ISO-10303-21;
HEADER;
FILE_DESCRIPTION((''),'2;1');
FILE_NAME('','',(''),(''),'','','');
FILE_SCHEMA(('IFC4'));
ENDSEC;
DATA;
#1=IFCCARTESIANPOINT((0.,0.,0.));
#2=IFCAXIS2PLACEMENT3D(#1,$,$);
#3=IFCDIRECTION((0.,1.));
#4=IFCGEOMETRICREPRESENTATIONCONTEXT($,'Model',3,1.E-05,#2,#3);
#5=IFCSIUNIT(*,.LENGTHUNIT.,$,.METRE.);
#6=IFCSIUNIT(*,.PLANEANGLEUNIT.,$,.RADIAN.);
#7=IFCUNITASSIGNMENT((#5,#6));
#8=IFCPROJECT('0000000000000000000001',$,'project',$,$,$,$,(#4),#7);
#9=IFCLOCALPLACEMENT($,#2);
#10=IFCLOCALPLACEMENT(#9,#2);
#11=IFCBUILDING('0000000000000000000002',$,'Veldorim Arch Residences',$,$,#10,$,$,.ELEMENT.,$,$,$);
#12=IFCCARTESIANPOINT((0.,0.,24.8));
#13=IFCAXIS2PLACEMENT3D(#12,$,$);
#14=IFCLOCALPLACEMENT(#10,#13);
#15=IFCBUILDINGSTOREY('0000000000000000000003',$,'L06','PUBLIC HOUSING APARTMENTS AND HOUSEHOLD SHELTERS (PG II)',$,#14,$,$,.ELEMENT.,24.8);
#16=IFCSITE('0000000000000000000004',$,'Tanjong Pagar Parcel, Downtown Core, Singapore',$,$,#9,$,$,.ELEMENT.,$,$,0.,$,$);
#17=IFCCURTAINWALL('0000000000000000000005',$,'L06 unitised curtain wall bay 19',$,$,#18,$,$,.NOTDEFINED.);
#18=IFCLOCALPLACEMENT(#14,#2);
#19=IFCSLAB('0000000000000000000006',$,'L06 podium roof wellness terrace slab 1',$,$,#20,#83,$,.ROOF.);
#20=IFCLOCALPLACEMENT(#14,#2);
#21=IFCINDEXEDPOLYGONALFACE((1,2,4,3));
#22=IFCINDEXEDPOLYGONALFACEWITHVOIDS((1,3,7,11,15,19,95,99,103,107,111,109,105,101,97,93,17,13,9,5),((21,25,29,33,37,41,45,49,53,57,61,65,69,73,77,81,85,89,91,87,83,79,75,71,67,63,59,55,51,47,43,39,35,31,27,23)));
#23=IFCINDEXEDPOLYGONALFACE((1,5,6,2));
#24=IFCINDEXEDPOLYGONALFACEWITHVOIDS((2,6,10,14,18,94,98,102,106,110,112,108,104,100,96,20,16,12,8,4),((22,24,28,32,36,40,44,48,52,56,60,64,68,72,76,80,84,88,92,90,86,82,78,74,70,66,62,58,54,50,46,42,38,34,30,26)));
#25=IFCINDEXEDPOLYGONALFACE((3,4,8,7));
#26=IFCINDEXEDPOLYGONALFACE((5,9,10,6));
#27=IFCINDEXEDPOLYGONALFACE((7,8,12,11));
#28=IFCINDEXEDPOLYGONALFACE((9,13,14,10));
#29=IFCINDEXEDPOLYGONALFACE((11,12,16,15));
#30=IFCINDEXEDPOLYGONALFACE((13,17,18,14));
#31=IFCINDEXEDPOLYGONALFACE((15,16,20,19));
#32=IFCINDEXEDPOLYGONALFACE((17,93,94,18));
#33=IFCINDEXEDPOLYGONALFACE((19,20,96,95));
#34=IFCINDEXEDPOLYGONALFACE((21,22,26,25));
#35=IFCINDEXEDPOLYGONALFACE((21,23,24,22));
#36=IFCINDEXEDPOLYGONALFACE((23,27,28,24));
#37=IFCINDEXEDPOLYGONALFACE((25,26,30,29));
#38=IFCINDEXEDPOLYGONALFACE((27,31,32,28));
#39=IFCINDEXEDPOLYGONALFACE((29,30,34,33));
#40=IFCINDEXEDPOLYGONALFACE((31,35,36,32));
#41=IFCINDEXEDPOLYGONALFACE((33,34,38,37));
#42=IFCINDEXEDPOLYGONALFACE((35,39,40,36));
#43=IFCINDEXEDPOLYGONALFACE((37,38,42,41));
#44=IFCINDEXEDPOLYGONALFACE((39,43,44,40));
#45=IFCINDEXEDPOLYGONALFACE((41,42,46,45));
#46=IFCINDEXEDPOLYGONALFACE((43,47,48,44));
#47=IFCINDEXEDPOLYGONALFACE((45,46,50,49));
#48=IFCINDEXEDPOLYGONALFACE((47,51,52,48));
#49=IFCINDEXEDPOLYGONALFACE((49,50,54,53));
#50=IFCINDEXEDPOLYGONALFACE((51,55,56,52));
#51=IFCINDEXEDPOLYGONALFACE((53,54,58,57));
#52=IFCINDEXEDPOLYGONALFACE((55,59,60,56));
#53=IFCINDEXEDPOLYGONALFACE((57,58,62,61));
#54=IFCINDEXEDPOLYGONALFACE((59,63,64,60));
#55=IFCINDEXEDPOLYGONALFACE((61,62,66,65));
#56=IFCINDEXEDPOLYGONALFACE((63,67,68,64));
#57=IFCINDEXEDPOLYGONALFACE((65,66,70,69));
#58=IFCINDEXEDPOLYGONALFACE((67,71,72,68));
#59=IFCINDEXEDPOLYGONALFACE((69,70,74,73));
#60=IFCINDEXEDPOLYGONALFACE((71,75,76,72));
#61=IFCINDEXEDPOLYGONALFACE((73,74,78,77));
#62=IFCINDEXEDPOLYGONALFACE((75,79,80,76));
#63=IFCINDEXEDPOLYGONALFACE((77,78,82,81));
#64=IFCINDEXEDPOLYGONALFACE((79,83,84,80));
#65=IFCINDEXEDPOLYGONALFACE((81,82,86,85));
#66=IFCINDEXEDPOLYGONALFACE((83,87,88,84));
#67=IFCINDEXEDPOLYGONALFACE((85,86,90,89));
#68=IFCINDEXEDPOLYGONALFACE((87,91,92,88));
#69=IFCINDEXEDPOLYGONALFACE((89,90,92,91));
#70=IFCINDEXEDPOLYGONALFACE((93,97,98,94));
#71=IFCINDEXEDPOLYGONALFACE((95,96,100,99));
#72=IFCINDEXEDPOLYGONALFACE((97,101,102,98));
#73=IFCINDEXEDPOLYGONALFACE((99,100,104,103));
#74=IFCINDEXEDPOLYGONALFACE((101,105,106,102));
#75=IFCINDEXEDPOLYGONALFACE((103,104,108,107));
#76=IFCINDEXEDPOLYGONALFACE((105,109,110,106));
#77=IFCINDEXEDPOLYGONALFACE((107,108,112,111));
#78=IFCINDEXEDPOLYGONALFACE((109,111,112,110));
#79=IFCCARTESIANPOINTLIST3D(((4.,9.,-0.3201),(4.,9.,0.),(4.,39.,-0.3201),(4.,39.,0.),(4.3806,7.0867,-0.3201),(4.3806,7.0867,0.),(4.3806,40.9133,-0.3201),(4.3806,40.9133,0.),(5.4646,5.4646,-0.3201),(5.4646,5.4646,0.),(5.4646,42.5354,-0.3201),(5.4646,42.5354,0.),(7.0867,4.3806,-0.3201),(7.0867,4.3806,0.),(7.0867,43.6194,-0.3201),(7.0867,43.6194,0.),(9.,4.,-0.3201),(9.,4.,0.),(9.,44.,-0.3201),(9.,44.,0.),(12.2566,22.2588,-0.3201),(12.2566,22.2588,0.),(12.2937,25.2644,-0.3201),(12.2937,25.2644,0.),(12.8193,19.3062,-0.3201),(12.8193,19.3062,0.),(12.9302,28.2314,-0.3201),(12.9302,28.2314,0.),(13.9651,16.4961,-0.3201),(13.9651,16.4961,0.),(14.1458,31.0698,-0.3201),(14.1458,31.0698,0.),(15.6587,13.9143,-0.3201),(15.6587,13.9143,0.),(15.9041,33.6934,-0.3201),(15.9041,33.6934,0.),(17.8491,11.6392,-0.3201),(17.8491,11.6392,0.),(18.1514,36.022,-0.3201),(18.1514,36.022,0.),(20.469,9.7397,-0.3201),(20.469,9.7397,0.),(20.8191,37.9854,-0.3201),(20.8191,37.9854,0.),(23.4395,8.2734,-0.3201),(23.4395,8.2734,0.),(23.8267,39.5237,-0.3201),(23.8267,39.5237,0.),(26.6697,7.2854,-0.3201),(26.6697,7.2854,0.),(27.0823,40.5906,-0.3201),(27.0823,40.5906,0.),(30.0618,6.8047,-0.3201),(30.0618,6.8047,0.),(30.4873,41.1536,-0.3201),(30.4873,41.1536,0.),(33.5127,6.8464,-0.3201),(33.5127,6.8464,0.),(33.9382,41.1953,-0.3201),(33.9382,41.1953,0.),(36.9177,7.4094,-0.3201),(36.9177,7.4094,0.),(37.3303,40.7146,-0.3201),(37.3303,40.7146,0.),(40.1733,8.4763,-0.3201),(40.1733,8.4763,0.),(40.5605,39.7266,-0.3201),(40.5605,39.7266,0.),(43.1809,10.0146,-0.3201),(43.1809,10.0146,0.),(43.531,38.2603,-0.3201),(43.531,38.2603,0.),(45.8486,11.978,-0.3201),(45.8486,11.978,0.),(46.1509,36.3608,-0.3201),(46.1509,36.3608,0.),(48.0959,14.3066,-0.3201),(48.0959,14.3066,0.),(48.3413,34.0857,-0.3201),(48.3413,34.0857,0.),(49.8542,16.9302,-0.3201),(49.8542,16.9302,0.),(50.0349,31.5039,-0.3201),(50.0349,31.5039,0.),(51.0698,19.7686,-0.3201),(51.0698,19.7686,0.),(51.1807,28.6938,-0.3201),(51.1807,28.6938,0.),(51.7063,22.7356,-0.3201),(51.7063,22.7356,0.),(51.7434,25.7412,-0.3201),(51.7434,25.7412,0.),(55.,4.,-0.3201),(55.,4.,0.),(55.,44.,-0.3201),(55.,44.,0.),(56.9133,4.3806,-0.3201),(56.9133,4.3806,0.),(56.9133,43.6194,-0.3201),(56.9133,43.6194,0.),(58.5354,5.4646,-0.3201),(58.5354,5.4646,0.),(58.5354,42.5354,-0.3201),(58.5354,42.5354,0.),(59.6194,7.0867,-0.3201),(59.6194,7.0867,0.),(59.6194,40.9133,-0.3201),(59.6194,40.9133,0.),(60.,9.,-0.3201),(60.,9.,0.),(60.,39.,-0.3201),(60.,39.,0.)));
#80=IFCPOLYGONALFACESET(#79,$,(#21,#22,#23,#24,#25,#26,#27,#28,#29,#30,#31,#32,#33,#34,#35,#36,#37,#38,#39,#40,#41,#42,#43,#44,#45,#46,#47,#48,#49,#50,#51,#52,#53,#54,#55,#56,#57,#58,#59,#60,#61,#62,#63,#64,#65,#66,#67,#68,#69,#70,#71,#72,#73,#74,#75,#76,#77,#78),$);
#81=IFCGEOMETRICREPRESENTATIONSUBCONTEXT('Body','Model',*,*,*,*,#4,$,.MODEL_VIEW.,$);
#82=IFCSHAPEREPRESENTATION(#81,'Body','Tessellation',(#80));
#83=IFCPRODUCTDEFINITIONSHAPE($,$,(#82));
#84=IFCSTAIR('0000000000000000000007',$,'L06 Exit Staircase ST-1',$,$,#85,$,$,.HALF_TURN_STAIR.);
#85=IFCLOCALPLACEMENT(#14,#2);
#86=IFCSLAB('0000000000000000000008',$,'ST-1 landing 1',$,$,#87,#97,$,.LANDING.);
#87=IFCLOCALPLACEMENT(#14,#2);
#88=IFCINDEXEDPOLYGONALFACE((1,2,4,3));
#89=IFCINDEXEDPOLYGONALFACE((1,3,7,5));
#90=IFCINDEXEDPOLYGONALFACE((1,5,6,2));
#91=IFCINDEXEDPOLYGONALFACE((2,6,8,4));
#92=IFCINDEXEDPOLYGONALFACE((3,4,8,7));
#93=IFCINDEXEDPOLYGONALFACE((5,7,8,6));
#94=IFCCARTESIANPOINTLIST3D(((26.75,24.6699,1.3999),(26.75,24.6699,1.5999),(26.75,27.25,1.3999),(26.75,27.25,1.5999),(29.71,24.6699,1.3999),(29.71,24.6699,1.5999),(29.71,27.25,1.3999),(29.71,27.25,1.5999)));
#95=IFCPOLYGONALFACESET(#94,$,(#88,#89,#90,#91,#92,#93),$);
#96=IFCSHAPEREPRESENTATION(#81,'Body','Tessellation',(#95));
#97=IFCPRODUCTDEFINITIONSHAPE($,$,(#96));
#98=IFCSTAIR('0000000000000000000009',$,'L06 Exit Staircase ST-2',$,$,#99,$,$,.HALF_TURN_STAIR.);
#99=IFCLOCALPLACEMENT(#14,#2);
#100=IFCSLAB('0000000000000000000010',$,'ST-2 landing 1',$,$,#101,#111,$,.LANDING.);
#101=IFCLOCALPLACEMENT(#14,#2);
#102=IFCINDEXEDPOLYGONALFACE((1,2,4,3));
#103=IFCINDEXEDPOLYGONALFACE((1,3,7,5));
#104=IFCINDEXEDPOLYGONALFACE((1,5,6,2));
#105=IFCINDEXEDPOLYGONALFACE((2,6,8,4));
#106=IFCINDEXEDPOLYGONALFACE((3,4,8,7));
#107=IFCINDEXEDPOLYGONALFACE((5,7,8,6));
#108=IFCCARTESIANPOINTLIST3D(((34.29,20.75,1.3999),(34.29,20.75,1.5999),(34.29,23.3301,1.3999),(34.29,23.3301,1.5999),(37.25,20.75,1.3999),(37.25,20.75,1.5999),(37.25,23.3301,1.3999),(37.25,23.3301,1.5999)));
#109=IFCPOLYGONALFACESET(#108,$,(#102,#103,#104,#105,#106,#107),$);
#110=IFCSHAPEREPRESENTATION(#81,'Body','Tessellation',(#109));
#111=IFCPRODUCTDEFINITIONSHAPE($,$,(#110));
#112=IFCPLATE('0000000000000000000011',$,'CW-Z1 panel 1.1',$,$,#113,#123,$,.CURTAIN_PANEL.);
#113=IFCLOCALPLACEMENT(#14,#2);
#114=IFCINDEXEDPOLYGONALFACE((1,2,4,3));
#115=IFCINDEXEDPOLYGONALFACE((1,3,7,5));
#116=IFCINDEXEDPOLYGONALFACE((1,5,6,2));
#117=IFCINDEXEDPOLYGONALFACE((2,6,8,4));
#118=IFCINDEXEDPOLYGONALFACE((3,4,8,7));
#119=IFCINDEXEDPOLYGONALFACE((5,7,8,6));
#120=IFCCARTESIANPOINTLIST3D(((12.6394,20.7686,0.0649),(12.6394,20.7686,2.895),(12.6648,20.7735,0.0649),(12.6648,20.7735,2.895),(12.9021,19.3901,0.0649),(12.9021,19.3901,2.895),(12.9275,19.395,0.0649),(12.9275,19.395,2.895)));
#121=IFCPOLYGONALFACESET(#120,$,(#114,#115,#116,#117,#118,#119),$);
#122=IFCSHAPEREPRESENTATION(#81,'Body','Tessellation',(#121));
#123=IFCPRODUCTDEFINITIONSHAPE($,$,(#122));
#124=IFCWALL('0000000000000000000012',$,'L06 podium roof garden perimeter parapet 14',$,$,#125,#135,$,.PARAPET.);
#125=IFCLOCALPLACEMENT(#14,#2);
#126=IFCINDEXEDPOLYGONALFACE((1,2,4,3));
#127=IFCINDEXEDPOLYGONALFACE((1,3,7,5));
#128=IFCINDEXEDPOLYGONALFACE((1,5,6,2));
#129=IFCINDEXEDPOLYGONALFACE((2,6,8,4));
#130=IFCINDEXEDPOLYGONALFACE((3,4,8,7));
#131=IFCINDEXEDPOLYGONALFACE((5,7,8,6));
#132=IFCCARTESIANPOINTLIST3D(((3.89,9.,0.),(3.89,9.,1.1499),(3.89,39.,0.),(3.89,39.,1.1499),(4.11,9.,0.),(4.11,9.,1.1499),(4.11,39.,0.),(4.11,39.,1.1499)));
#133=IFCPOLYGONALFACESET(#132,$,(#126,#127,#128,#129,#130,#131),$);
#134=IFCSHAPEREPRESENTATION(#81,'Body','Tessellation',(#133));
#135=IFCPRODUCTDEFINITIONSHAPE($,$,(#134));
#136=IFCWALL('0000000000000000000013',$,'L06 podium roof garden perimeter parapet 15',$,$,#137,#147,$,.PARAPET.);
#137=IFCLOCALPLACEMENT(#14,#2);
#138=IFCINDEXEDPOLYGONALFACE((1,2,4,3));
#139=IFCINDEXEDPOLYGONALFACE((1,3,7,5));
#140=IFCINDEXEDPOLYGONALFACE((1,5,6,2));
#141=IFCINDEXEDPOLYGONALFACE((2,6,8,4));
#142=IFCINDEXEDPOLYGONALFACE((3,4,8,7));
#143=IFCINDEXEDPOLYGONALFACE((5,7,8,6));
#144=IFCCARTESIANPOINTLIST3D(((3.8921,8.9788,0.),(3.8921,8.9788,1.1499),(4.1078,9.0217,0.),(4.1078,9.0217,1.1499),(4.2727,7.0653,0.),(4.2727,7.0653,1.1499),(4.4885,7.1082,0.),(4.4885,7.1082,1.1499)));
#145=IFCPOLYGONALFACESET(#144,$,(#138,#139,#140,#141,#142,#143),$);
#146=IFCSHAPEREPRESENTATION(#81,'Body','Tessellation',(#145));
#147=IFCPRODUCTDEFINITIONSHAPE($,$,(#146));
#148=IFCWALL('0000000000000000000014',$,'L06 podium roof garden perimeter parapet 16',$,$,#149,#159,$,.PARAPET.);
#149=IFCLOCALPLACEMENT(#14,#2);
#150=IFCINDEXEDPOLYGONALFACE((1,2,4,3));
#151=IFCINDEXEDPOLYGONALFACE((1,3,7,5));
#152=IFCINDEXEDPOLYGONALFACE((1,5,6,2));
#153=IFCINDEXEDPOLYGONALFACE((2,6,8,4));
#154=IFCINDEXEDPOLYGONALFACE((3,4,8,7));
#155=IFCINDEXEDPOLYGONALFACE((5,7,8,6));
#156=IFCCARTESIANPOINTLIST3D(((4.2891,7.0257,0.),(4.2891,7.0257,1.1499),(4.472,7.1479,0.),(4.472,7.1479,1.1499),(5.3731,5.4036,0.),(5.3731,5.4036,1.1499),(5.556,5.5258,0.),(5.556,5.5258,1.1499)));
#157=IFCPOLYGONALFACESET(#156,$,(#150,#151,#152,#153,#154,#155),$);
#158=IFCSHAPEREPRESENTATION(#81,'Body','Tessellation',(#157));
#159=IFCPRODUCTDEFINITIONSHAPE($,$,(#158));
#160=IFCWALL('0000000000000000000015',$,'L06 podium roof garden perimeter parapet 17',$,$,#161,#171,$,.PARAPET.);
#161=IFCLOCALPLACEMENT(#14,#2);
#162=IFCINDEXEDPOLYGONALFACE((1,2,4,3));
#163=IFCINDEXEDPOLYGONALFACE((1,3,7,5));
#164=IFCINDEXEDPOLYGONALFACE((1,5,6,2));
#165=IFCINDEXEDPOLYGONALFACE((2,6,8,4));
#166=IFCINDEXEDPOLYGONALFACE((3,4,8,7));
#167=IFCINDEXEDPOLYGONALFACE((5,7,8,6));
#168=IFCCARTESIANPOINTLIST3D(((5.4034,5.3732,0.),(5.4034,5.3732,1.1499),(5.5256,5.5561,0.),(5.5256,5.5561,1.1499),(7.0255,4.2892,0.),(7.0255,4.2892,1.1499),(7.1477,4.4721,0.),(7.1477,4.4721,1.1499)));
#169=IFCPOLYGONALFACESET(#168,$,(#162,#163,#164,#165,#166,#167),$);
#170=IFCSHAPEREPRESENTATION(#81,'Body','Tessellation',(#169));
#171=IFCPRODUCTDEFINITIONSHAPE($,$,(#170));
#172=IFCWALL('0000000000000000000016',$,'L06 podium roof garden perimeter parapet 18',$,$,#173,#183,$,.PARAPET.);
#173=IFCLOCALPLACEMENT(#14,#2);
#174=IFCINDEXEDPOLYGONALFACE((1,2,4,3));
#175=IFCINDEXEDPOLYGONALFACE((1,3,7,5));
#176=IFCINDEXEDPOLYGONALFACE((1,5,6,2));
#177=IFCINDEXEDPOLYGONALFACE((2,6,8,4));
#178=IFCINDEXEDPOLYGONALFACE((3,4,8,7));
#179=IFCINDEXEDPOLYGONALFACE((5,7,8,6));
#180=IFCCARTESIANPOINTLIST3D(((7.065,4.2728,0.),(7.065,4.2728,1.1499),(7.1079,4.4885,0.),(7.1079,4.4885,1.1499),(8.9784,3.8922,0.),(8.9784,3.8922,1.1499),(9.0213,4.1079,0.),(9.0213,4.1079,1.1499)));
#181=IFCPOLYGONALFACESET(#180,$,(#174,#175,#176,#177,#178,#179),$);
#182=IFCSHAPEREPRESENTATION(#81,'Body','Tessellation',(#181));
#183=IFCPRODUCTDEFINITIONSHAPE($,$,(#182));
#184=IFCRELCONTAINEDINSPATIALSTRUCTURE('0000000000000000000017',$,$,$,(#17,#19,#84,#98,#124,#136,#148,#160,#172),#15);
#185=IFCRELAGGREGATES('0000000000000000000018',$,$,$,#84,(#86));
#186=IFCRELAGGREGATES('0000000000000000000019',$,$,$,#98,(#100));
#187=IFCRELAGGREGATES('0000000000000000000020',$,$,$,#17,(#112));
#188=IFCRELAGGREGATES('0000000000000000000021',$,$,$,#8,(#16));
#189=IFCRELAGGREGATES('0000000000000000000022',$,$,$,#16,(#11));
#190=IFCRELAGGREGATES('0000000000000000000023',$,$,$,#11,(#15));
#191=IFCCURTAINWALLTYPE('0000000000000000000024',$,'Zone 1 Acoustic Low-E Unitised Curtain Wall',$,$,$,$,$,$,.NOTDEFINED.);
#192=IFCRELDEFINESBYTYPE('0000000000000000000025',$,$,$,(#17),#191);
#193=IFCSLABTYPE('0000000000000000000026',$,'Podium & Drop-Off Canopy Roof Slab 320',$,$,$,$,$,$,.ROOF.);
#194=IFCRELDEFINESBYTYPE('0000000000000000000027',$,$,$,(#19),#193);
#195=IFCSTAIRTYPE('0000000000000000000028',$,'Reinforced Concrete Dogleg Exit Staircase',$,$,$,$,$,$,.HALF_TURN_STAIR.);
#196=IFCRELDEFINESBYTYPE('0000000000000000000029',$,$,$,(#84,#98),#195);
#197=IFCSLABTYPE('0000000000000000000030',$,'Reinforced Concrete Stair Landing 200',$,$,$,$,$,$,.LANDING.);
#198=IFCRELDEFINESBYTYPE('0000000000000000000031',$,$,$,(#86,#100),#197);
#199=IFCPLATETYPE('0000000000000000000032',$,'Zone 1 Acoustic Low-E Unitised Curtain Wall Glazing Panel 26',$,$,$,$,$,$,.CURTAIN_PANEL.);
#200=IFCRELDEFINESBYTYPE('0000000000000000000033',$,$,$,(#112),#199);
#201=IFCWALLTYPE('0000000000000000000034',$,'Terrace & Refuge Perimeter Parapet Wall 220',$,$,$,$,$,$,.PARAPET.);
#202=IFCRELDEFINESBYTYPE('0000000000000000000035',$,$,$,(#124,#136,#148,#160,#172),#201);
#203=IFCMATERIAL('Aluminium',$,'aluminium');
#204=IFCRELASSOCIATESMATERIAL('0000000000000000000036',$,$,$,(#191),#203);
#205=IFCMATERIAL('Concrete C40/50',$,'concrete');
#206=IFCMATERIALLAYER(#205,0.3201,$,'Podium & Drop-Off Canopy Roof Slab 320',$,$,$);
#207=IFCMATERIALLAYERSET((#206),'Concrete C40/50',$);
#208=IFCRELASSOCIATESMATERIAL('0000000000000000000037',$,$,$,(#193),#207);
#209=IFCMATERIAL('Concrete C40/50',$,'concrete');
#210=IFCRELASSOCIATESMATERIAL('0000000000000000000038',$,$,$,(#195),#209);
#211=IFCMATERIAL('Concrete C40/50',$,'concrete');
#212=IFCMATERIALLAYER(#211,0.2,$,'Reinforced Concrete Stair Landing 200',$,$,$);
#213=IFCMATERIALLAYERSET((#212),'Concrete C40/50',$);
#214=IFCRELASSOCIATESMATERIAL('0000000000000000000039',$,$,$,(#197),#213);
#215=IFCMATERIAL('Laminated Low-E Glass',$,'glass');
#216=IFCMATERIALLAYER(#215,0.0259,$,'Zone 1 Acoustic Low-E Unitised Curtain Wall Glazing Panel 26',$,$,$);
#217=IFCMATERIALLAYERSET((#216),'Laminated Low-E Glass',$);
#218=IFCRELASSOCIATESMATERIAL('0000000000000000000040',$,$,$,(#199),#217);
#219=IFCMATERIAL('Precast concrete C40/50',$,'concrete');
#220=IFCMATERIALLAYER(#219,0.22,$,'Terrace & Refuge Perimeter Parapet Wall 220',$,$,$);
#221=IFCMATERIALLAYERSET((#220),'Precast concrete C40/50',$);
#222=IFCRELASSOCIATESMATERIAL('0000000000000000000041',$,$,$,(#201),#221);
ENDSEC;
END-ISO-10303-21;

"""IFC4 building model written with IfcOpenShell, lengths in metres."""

from ifc_helpers import new_model, si_unit, direction, frame, frame_2d, origin, origin_2d, place, context, subcontext, project, spatial, polyline, rectangle, outline, extrude, material, layer, layer_set, type_object, element, aggregate, save


model = new_model("IFC4")

# Units and contexts
model_context = context("Model", 3, precision=1e-05, world=origin(), true_north=direction((0.0, 1.0)))
body_context = subcontext(model_context, "Body", "Model", "MODEL_VIEW")
ifc_project = project(units=[si_unit("LENGTHUNIT", "METRE"), si_unit("PLANEANGLEUNIT", "RADIAN")], contexts=[model_context])

# Site, building, storey
site_placement = place(None, origin())
site = spatial("IfcSite", under=ifc_project, at=site_placement, Name="Tanjong Pagar Parcel, Downtown Core, Singapore", CompositionType="ELEMENT", RefElevation=0.0)
building_placement = place(site_placement, origin())
building = spatial("IfcBuilding", under=site, at=building_placement, Name="Veldorim Arch Residences", CompositionType="ELEMENT")
storey_placement = place(building_placement, frame((0.0, 0.0, 24.8)))
storey = spatial("IfcBuildingStorey", under=building, at=storey_placement, Name="L06", Description="PUBLIC HOUSING APARTMENTS AND HOUSEHOLD SHELTERS (PG II)", CompositionType="ELEMENT", Elevation=24.8)

# Curtain wall
ifc_material_1 = material(Name="Aluminium", Category="aluminium")
curtain_wall_type = type_object("IfcCurtainWallType", Name="Zone 1 Acoustic Low-E Unitised Curtain Wall", PredefinedType="NOTDEFINED", material=ifc_material_1)
curtain_wall_placement = place(storey_placement, origin())
curtain_wall = element("IfcCurtainWall", 1, at=curtain_wall_placement, inside=storey, type_object=curtain_wall_type, Name="L06 unitised curtain wall bay 19", PredefinedType="NOTDEFINED")

# Slab
ifc_material_2 = material(Name="Concrete C40/50", Category="concrete")
ifc_layer_1 = layer(ifc_material_2, 0.3201, Name="Podium & Drop-Off Canopy Roof Slab 320")
ifc_layer_set_1 = layer_set([ifc_layer_1], Name="Concrete C40/50")
slab_type_1 = type_object("IfcSlabType", Name="Podium & Drop-Off Canopy Roof Slab 320", PredefinedType="ROOF", material=ifc_layer_set_1)
slab_1_placement = place(storey_placement, frame((0.0, 0.0, -0.3201)))
element("IfcSlab", 2, at=slab_1_placement, inside=storey, type_object=slab_type_1, Name="L06 podium roof wellness terrace slab 1", PredefinedType="ROOF", context=body_context, shape_type="SweptSolid", body=[
    extrude(outline(polyline([(9.0, 4.0), (7.0867, 4.3806), (5.4646, 5.4646), (4.3806, 7.0867), (4.0, 9.0), (4.0, 39.0), (4.3806, 40.9133), (5.4646, 42.5354), (7.0867, 43.6194), (9.0, 44.0), (55.0, 44.0), (56.9133, 43.6194), (58.5354, 42.5354), (59.6194, 40.9133), (60.0, 39.0), (60.0, 9.0), (59.6194, 7.0867), (58.5354, 5.4646), (56.9133, 4.3806), (55.0, 4.0), (9.0, 4.0)]), holes=[polyline([(51.1807, 28.6938), (50.0349, 31.5039), (48.3413, 34.0857), (46.1509, 36.3608), (43.531, 38.2603), (40.5605, 39.7266), (37.3303, 40.7146), (33.9382, 41.1953), (30.4873, 41.1536), (27.0823, 40.5906), (23.8267, 39.5237), (20.8191, 37.9854), (18.1514, 36.022), (15.9041, 33.6934), (14.1458, 31.0698), (12.9302, 28.2314), (12.2937, 25.2644), (12.2566, 22.2588), (12.8193, 19.3062), (13.9651, 16.4961), (15.6587, 13.9143), (17.8491, 11.6392), (20.469, 9.7397), (23.4395, 8.2734), (26.6697, 7.2854), (30.0618, 6.8047), (33.5127, 6.8464), (36.9177, 7.4094), (40.1733, 8.4763), (43.1809, 10.0146), (45.8486, 11.978), (48.0959, 14.3066), (49.8542, 16.9302), (51.0698, 19.7686), (51.7063, 22.7356), (51.7434, 25.7412), (51.1807, 28.6938)])]), origin(), (0.0, 0.0, 1.0), 0.3201),
])

# Stairs, slabs
ifc_material_3 = material(Name="Concrete C40/50", Category="concrete")
stair_type = type_object("IfcStairType", Name="Reinforced Concrete Dogleg Exit Staircase", PredefinedType="HALF_TURN_STAIR", material=ifc_material_3)
stair_1_placement = place(storey_placement, origin())
stair_1 = element("IfcStair", 3, at=stair_1_placement, inside=storey, type_object=stair_type, Name="L06 Exit Staircase ST-1", PredefinedType="HALF_TURN_STAIR")
ifc_material_4 = material(Name="Concrete C40/50", Category="concrete")
ifc_layer_2 = layer(ifc_material_4, 0.2, Name="Reinforced Concrete Stair Landing 200")
ifc_layer_set_2 = layer_set([ifc_layer_2], Name="Concrete C40/50")
slab_type_2 = type_object("IfcSlabType", Name="Reinforced Concrete Stair Landing 200", PredefinedType="LANDING", material=ifc_layer_set_2)
slab_2_placement = place(storey_placement, frame((0.0, 0.0, 1.3999)))
slab_2 = element("IfcSlab", 4, at=slab_2_placement, type_object=slab_type_2, Name="ST-1 landing 1", PredefinedType="LANDING", context=body_context, shape_type="SweptSolid", body=[
    extrude(outline(polyline([(29.71, 24.6699), (29.71, 27.25), (26.75, 27.25), (26.75, 24.6699), (29.71, 24.6699)])), origin(), (0.0, 0.0, 1.0), 0.2),
])
aggregate(stair_1, [slab_2])
stair_2_placement = place(storey_placement, origin())
stair_2 = element("IfcStair", 5, at=stair_2_placement, inside=storey, type_object=stair_type, Name="L06 Exit Staircase ST-2", PredefinedType="HALF_TURN_STAIR")
slab_3_placement = place(storey_placement, frame((0.0, 0.0, 1.3999)))
slab_3 = element("IfcSlab", 6, at=slab_3_placement, type_object=slab_type_2, Name="ST-2 landing 1", PredefinedType="LANDING", context=body_context, shape_type="SweptSolid", body=[
    extrude(outline(polyline([(34.29, 23.3301), (34.29, 20.75), (37.25, 20.75), (37.25, 23.3301), (34.29, 23.3301)])), origin(), (0.0, 0.0, 1.0), 0.2),
])
aggregate(stair_2, [slab_3])

# Plate
ifc_material_5 = material(Name="Laminated Low-E Glass", Category="glass")
ifc_layer_3 = layer(ifc_material_5, 0.0259, Name="Zone 1 Acoustic Low-E Unitised Curtain Wall Glazing Panel 26")
ifc_layer_set_3 = layer_set([ifc_layer_3], Name="Laminated Low-E Glass")
plate_type = type_object("IfcPlateType", Name="Zone 1 Acoustic Low-E Unitised Curtain Wall Glazing Panel 26", PredefinedType="CURTAIN_PANEL", material=ifc_layer_set_3)
plate_placement = place(storey_placement, frame((12.7834, 20.0818, 0.0649), z_axis=(0.0, 0.0, 1.0), x_axis=(-0.187222, 0.982318, 0.0)))
plate = element("IfcPlate", 7, at=plate_placement, type_object=plate_type, Name="CW-Z1 panel 1.1", PredefinedType="CURTAIN_PANEL", context=body_context, shape_type="SweptSolid", body=[
    extrude(rectangle(XDim=1.4033, YDim=0.0259, at=origin_2d()), origin(), (0.0, 0.0, 1.0), 2.8301),
])
aggregate(curtain_wall, [plate])

# Walls
ifc_material_6 = material(Name="Precast concrete C40/50", Category="concrete")
ifc_layer_4 = layer(ifc_material_6, 0.22, Name="Terrace & Refuge Perimeter Parapet Wall 220")
ifc_layer_set_4 = layer_set([ifc_layer_4], Name="Precast concrete C40/50")
wall_type = type_object("IfcWallType", Name="Terrace & Refuge Perimeter Parapet Wall 220", PredefinedType="PARAPET", material=ifc_layer_set_4)
wall_1_placement = place(storey_placement, frame((4.0, 9.0, 0.0), z_axis=(0.0, 0.0, 1.0), x_axis=(0.0, 1.0, 0.0)))
element("IfcWall", 8, at=wall_1_placement, inside=storey, type_object=wall_type, Name="L06 podium roof garden perimeter parapet 14", PredefinedType="PARAPET", context=body_context, shape_type="SweptSolid", body=[
    extrude(rectangle(XDim=30.0, YDim=0.22, at=frame_2d((15.0, 0.0))), origin(), (0.0, 0.0, 1.0), 1.1499),
])
for number, where, z_axis, x_axis, name in (
    (9, (4.3806, 7.0867, 0.0), (0.0, 0.0, 1.0), (-0.195105, 0.980782, 0.0), "L06 podium roof garden perimeter parapet 15"),
    (10, (5.4646, 5.4646, 0.0), (0.0, 0.0, 1.0), (-0.555624, 0.831434, 0.0), "L06 podium roof garden perimeter parapet 16"),
    (11, (7.0867, 4.3806, 0.0), (0.0, 0.0, 1.0), (-0.831434, 0.555624, 0.0), "L06 podium roof garden perimeter parapet 17"),
    (12, (9.0, 4.0, 0.0), (0.0, 0.0, 1.0), (-0.980782, 0.195105, 0.0), "L06 podium roof garden perimeter parapet 18"),
):
    element("IfcWall", number, at=place(storey_placement, frame(where, z_axis=z_axis, x_axis=x_axis)), inside=storey, type_object=wall_type, Name=name, PredefinedType="PARAPET", context=body_context, shape_type="SweptSolid", body=[
        extrude(rectangle(XDim=1.9509, YDim=0.22, at=frame_2d((0.9756, 0.0))), origin(), (0.0, 0.0, 1.0), 1.1499),
    ])

save(model, "model.ifc")
